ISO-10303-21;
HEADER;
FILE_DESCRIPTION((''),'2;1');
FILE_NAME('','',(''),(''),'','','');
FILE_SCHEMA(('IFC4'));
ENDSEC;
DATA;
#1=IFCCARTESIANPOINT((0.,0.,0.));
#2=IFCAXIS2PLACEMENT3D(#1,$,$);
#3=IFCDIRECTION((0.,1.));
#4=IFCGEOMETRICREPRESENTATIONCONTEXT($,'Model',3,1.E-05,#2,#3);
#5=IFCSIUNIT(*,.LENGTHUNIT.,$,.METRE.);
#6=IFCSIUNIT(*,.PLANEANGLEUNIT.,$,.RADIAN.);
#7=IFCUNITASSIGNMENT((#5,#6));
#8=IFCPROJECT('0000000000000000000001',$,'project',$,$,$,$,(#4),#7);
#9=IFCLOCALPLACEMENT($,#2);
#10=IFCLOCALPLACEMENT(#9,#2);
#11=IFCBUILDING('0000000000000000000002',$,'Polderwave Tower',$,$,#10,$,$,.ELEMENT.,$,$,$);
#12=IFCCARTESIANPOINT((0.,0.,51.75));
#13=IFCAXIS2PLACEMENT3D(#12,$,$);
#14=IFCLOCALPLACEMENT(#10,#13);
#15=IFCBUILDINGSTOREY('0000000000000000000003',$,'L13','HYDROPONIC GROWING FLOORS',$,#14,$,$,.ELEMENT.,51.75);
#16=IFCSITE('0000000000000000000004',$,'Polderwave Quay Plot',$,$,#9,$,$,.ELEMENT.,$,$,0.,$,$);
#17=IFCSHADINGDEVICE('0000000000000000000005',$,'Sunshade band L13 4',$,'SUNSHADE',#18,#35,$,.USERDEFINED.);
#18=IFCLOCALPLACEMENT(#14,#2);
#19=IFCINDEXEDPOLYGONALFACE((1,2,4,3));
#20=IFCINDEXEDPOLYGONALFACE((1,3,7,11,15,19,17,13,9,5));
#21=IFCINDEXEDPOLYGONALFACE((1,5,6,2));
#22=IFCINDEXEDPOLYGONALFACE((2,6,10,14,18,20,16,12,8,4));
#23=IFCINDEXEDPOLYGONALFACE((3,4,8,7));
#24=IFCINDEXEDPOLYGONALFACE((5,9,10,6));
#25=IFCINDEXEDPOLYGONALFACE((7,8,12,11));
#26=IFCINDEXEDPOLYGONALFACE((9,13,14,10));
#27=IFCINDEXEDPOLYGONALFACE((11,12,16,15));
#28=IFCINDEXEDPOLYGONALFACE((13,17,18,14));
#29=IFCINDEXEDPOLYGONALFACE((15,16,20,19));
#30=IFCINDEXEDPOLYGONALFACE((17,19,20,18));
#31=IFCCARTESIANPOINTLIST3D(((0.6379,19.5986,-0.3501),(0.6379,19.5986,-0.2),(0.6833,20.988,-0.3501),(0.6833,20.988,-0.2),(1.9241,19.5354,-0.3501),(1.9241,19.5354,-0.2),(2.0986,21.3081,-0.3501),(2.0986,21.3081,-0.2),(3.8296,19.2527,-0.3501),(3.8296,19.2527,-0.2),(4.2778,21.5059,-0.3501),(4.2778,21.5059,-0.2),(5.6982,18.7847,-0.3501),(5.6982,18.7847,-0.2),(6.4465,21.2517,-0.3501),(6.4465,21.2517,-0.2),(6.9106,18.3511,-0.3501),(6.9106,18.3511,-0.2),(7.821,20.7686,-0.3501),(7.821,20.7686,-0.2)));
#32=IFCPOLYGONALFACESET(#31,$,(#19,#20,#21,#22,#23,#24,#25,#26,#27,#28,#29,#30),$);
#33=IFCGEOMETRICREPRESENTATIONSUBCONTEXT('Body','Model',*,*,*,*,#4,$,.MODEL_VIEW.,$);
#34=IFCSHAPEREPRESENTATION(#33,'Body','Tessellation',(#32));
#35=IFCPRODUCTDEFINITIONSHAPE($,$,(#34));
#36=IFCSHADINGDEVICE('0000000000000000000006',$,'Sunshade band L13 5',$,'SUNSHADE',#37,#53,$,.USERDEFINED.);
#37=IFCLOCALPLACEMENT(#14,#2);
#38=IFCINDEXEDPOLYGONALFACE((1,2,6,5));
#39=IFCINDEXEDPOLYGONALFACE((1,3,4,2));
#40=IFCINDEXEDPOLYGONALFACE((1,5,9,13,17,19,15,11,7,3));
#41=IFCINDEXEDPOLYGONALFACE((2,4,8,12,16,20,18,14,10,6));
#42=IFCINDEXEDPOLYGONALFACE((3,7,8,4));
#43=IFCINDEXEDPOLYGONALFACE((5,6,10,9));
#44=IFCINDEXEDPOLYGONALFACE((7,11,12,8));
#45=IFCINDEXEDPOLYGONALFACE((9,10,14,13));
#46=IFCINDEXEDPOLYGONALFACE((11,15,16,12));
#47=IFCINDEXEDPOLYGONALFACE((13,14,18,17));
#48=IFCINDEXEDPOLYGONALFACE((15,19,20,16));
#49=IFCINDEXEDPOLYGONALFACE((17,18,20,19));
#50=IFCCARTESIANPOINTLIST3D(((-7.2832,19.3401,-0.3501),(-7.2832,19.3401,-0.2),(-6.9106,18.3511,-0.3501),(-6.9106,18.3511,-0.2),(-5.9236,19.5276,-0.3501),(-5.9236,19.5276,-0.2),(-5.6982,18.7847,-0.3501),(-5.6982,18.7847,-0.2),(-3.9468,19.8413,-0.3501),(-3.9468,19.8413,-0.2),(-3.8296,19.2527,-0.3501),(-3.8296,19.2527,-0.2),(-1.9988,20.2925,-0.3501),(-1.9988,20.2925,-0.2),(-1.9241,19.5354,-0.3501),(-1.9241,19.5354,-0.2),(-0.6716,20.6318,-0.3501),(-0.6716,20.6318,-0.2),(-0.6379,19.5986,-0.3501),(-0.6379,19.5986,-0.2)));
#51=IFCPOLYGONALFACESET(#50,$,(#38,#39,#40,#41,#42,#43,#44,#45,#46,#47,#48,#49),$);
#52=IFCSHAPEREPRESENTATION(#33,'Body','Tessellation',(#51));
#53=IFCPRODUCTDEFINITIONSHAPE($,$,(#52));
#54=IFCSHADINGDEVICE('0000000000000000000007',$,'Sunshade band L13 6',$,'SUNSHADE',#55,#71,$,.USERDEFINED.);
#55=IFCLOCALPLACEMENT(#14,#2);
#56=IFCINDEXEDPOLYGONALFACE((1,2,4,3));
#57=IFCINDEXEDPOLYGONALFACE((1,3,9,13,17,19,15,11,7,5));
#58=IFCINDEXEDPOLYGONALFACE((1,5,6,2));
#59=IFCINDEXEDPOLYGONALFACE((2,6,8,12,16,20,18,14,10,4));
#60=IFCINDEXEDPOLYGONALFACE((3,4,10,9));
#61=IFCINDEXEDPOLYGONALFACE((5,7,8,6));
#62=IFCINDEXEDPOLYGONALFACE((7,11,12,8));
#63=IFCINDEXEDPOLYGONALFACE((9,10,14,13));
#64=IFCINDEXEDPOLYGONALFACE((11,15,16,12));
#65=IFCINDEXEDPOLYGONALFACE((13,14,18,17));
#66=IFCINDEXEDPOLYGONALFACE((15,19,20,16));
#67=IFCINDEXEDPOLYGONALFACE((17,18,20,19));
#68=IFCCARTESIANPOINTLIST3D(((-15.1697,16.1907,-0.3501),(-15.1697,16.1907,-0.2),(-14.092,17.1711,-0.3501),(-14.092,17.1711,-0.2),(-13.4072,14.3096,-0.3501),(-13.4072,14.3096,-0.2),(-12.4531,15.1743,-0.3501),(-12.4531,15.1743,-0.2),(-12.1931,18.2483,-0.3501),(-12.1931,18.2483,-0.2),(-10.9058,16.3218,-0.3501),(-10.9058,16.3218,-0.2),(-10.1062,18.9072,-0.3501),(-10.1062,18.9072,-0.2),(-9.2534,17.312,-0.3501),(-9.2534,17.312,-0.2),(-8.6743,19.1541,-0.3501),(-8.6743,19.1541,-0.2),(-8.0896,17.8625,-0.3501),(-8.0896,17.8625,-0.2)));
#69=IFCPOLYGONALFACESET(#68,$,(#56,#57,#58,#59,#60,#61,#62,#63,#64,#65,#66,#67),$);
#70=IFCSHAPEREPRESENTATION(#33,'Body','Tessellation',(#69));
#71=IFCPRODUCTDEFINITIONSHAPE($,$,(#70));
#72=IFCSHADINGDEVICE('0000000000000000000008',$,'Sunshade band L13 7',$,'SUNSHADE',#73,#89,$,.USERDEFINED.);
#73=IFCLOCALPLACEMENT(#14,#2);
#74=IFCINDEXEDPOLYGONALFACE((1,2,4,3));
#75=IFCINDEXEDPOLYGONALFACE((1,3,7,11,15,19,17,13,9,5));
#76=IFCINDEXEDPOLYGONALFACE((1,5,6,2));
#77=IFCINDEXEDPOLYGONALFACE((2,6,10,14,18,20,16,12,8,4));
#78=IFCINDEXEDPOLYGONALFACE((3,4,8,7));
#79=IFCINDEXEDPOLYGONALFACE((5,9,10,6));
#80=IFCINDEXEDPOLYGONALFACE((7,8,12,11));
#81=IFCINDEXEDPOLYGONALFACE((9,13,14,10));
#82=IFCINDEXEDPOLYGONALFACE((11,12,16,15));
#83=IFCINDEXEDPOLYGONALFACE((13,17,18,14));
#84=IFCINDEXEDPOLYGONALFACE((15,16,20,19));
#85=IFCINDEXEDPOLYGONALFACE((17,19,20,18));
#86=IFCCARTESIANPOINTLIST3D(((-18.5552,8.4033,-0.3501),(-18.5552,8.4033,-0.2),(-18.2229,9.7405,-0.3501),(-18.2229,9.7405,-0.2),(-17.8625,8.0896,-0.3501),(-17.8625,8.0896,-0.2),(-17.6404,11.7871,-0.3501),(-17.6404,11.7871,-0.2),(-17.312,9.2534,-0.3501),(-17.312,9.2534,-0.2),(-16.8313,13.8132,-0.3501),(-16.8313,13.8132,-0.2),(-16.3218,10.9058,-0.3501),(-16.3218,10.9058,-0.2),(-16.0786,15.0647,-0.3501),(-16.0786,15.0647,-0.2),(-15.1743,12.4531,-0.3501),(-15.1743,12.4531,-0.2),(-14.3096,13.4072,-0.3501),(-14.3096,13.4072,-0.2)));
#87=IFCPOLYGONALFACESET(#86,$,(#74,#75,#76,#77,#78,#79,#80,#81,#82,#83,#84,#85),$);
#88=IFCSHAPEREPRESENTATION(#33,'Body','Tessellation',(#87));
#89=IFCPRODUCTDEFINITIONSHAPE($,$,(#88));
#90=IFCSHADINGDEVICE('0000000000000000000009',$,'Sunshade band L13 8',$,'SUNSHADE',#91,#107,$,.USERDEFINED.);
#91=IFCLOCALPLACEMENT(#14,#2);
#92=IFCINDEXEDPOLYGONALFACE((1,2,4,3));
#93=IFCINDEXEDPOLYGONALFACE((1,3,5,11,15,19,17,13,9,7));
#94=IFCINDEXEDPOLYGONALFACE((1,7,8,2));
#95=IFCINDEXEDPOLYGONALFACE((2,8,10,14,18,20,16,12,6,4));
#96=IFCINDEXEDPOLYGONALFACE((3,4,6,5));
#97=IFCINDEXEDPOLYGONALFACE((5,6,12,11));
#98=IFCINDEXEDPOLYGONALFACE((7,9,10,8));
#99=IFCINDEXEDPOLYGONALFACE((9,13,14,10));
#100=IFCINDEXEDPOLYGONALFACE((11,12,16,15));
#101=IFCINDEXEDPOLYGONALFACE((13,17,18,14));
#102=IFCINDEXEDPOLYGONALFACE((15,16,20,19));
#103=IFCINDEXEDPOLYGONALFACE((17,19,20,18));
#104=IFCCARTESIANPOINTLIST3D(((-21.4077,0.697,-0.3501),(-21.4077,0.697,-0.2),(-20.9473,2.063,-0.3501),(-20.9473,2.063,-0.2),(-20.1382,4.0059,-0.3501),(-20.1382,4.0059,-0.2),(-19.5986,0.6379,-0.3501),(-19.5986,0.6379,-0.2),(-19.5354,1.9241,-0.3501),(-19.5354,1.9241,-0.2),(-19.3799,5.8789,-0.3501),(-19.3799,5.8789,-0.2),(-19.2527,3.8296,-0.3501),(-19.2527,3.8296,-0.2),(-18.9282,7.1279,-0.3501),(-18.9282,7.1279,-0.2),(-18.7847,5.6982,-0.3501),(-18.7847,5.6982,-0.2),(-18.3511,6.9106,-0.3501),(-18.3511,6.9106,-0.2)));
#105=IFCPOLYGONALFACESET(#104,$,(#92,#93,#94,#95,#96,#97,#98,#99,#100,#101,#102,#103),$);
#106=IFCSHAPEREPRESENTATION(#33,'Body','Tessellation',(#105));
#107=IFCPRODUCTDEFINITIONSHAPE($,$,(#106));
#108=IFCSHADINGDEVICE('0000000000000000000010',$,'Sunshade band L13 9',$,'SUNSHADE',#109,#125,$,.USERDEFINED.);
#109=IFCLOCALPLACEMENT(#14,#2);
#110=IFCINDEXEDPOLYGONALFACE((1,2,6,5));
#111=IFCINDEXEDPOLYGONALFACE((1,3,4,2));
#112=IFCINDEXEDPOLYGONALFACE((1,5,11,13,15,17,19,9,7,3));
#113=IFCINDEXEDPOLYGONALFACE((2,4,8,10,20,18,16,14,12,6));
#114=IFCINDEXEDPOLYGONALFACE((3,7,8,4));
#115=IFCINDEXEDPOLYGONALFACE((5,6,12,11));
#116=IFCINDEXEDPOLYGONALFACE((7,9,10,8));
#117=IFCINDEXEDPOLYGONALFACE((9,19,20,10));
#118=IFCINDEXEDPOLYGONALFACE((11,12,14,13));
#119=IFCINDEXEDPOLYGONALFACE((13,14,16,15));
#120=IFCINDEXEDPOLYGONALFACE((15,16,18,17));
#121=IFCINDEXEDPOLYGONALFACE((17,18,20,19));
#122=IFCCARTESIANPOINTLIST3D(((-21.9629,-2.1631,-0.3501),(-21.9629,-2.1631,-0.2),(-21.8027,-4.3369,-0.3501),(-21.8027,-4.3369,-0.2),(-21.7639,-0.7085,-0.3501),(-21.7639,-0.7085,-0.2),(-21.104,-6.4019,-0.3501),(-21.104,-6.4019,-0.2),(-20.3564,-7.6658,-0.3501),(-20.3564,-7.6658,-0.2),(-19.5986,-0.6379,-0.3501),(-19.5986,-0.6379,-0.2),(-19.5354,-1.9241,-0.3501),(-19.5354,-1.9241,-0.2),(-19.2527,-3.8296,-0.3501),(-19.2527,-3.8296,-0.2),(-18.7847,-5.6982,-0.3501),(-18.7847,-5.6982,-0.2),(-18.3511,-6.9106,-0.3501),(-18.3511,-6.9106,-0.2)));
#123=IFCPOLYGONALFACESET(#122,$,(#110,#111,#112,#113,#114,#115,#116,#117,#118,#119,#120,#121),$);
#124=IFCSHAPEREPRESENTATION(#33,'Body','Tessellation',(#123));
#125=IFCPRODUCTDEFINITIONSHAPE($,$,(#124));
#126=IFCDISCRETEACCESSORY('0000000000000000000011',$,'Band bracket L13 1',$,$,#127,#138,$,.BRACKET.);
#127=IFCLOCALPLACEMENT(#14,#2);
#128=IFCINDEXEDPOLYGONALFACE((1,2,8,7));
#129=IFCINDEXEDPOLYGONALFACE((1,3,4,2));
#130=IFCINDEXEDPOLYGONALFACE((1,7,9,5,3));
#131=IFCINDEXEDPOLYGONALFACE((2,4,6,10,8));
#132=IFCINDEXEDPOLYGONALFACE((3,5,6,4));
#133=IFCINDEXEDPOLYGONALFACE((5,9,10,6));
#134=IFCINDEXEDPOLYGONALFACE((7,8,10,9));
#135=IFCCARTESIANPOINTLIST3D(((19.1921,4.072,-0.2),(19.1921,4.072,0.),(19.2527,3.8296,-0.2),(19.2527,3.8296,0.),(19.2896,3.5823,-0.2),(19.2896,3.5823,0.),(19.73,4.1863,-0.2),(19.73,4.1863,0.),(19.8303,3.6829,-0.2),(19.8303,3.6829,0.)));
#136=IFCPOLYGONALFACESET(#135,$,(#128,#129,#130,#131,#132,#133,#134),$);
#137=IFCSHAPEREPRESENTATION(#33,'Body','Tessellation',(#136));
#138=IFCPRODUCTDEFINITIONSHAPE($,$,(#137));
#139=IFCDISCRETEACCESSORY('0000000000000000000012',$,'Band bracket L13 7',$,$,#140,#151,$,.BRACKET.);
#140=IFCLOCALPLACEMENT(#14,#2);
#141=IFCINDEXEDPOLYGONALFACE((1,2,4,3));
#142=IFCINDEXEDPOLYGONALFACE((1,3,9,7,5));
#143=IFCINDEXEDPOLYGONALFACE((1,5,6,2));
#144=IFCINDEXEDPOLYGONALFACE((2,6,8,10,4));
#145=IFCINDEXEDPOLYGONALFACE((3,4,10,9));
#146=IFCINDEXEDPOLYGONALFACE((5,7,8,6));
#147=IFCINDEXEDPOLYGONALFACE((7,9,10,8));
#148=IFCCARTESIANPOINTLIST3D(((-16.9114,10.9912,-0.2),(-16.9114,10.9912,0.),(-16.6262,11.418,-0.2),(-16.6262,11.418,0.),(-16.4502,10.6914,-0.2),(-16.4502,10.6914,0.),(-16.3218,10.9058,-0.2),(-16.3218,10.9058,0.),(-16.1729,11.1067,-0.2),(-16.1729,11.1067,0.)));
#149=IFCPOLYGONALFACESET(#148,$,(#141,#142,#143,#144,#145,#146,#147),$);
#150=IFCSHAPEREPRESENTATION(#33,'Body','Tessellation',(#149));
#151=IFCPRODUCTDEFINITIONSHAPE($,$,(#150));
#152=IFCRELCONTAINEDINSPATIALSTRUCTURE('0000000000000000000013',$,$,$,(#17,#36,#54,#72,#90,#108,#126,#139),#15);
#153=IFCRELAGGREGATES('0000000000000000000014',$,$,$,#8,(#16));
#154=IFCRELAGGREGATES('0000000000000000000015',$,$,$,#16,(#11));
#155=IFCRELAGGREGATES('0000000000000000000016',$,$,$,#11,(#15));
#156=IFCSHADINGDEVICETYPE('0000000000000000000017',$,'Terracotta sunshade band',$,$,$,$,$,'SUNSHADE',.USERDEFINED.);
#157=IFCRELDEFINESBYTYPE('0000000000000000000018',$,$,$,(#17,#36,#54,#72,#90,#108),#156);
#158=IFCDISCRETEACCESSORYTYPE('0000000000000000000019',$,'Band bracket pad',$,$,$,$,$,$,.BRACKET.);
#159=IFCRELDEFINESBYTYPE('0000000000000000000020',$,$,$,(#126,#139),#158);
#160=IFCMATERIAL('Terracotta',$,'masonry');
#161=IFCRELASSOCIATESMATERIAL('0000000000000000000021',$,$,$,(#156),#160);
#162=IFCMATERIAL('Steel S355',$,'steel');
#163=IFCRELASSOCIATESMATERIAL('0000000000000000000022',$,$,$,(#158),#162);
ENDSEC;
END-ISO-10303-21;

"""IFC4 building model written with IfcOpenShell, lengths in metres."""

from ifc_helpers import new_model, si_unit, direction, frame, origin, place, context, subcontext, project, spatial, polyline, outline, extrude, material, type_object, element, save


model = new_model("IFC4")

# Units and contexts
model_context = context("Model", 3, precision=1e-05, world=origin(), true_north=direction((0.0, 1.0)))
body_context = subcontext(model_context, "Body", "Model", "MODEL_VIEW")
ifc_project = project(units=[si_unit("LENGTHUNIT", "METRE"), si_unit("PLANEANGLEUNIT", "RADIAN")], contexts=[model_context])

# Site, building, storey
site_placement = place(None, origin())
site = spatial("IfcSite", under=ifc_project, at=site_placement, Name="Polderwave Quay Plot", CompositionType="ELEMENT", RefElevation=0.0)
building_placement = place(site_placement, origin())
building = spatial("IfcBuilding", under=site, at=building_placement, Name="Polderwave Tower", CompositionType="ELEMENT")
storey_placement = place(building_placement, frame((0.0, 0.0, 51.75)))
storey = spatial("IfcBuildingStorey", under=building, at=storey_placement, Name="L13", Description="HYDROPONIC GROWING FLOORS", CompositionType="ELEMENT", Elevation=51.75)

# Shading devices
ifc_material_1 = material(Name="Terracotta", Category="masonry")
shading_device_type = type_object("IfcShadingDeviceType", Name="Terracotta sunshade band", ElementType="SUNSHADE", PredefinedType="USERDEFINED", material=ifc_material_1)
shading_device_1_placement = place(storey_placement, frame((0.0, 0.0, -0.3501)))
element("IfcShadingDevice", 1, at=shading_device_1_placement, inside=storey, type_object=shading_device_type, Name="Sunshade band L13 4", ObjectType="SUNSHADE", PredefinedType="USERDEFINED", context=body_context, shape_type="SweptSolid", body=[
    extrude(outline(polyline([(6.9106, 18.3511), (5.6982, 18.7847), (3.8296, 19.2527), (1.9241, 19.5354), (0.6379, 19.5986), (0.6833, 20.988), (2.0986, 21.3081), (4.2778, 21.5059), (6.4465, 21.2517), (7.821, 20.7686), (6.9106, 18.3511)])), origin(), (0.0, 0.0, 1.0), 0.1501),
])
shading_device_2_placement = place(storey_placement, frame((0.0, 0.0, -0.3501)))
element("IfcShadingDevice", 2, at=shading_device_2_placement, inside=storey, type_object=shading_device_type, Name="Sunshade band L13 5", ObjectType="SUNSHADE", PredefinedType="USERDEFINED", context=body_context, shape_type="SweptSolid", body=[
    extrude(outline(polyline([(-0.6379, 19.5986), (-1.9241, 19.5354), (-3.8296, 19.2527), (-5.6982, 18.7847), (-6.9106, 18.3511), (-7.2832, 19.3401), (-5.9236, 19.5276), (-3.9468, 19.8413), (-1.9988, 20.2925), (-0.6716, 20.6318), (-0.6379, 19.5986)])), origin(), (0.0, 0.0, 1.0), 0.1501),
])
shading_device_3_placement = place(storey_placement, frame((0.0, 0.0, -0.3501)))
element("IfcShadingDevice", 3, at=shading_device_3_placement, inside=storey, type_object=shading_device_type, Name="Sunshade band L13 6", ObjectType="SUNSHADE", PredefinedType="USERDEFINED", context=body_context, shape_type="SweptSolid", body=[
    extrude(outline(polyline([(-8.0896, 17.8625), (-9.2534, 17.312), (-10.9058, 16.3218), (-12.4531, 15.1743), (-13.4072, 14.3096), (-15.1697, 16.1907), (-14.092, 17.1711), (-12.1931, 18.2483), (-10.1062, 18.9072), (-8.6743, 19.1541), (-8.0896, 17.8625)])), origin(), (0.0, 0.0, 1.0), 0.1501),
])
shading_device_4_placement = place(storey_placement, frame((0.0, 0.0, -0.3501)))
element("IfcShadingDevice", 4, at=shading_device_4_placement, inside=storey, type_object=shading_device_type, Name="Sunshade band L13 7", ObjectType="SUNSHADE", PredefinedType="USERDEFINED", context=body_context, shape_type="SweptSolid", body=[
    extrude(outline(polyline([(-14.3096, 13.4072), (-15.1743, 12.4531), (-16.3218, 10.9058), (-17.312, 9.2534), (-17.8625, 8.0896), (-18.5552, 8.4033), (-18.2229, 9.7405), (-17.6404, 11.7871), (-16.8313, 13.8132), (-16.0786, 15.0647), (-14.3096, 13.4072)])), origin(), (0.0, 0.0, 1.0), 0.1501),
])
shading_device_5_placement = place(storey_placement, frame((0.0, 0.0, -0.3501)))
element("IfcShadingDevice", 5, at=shading_device_5_placement, inside=storey, type_object=shading_device_type, Name="Sunshade band L13 8", ObjectType="SUNSHADE", PredefinedType="USERDEFINED", context=body_context, shape_type="SweptSolid", body=[
    extrude(outline(polyline([(-18.3511, 6.9106), (-18.7847, 5.6982), (-19.2527, 3.8296), (-19.5354, 1.9241), (-19.5986, 0.6379), (-21.4077, 0.697), (-20.9473, 2.063), (-20.1382, 4.0059), (-19.3799, 5.8789), (-18.9282, 7.1279), (-18.3511, 6.9106)])), origin(), (0.0, 0.0, 1.0), 0.1501),
])
shading_device_6_placement = place(storey_placement, frame((0.0, 0.0, -0.3501)))
element("IfcShadingDevice", 6, at=shading_device_6_placement, inside=storey, type_object=shading_device_type, Name="Sunshade band L13 9", ObjectType="SUNSHADE", PredefinedType="USERDEFINED", context=body_context, shape_type="SweptSolid", body=[
    extrude(outline(polyline([(-19.5986, -0.6379), (-19.5354, -1.9241), (-19.2527, -3.8296), (-18.7847, -5.6982), (-18.3511, -6.9106), (-20.3564, -7.6658), (-21.104, -6.4019), (-21.8027, -4.3369), (-21.9629, -2.1631), (-21.7639, -0.7085), (-19.5986, -0.6379)])), origin(), (0.0, 0.0, 1.0), 0.1501),
])

# Discrete accessories
ifc_material_2 = material(Name="Steel S355", Category="steel")
discrete_accessory_type = type_object("IfcDiscreteAccessoryType", Name="Band bracket pad", PredefinedType="BRACKET", material=ifc_material_2)
discrete_accessory_1_placement = place(storey_placement, frame((0.0, 0.0, -0.2)))
element("IfcDiscreteAccessory", 7, at=discrete_accessory_1_placement, inside=storey, type_object=discrete_accessory_type, Name="Band bracket L13 1", PredefinedType="BRACKET", context=body_context, shape_type="SweptSolid", body=[
    extrude(outline(polyline([(19.2896, 3.5823), (19.2527, 3.8296), (19.1921, 4.072), (19.73, 4.1863), (19.8303, 3.6829), (19.2896, 3.5823)])), origin(), (0.0, 0.0, 1.0), 0.2),
])
discrete_accessory_2_placement = place(storey_placement, frame((0.0, 0.0, -0.2)))
element("IfcDiscreteAccessory", 8, at=discrete_accessory_2_placement, inside=storey, type_object=discrete_accessory_type, Name="Band bracket L13 7", PredefinedType="BRACKET", context=body_context, shape_type="SweptSolid", body=[
    extrude(outline(polyline([(-16.1729, 11.1067), (-16.3218, 10.9058), (-16.4502, 10.6914), (-16.9114, 10.9912), (-16.6262, 11.418), (-16.1729, 11.1067)])), origin(), (0.0, 0.0, 1.0), 0.2),
])

save(model, "model.ifc")
